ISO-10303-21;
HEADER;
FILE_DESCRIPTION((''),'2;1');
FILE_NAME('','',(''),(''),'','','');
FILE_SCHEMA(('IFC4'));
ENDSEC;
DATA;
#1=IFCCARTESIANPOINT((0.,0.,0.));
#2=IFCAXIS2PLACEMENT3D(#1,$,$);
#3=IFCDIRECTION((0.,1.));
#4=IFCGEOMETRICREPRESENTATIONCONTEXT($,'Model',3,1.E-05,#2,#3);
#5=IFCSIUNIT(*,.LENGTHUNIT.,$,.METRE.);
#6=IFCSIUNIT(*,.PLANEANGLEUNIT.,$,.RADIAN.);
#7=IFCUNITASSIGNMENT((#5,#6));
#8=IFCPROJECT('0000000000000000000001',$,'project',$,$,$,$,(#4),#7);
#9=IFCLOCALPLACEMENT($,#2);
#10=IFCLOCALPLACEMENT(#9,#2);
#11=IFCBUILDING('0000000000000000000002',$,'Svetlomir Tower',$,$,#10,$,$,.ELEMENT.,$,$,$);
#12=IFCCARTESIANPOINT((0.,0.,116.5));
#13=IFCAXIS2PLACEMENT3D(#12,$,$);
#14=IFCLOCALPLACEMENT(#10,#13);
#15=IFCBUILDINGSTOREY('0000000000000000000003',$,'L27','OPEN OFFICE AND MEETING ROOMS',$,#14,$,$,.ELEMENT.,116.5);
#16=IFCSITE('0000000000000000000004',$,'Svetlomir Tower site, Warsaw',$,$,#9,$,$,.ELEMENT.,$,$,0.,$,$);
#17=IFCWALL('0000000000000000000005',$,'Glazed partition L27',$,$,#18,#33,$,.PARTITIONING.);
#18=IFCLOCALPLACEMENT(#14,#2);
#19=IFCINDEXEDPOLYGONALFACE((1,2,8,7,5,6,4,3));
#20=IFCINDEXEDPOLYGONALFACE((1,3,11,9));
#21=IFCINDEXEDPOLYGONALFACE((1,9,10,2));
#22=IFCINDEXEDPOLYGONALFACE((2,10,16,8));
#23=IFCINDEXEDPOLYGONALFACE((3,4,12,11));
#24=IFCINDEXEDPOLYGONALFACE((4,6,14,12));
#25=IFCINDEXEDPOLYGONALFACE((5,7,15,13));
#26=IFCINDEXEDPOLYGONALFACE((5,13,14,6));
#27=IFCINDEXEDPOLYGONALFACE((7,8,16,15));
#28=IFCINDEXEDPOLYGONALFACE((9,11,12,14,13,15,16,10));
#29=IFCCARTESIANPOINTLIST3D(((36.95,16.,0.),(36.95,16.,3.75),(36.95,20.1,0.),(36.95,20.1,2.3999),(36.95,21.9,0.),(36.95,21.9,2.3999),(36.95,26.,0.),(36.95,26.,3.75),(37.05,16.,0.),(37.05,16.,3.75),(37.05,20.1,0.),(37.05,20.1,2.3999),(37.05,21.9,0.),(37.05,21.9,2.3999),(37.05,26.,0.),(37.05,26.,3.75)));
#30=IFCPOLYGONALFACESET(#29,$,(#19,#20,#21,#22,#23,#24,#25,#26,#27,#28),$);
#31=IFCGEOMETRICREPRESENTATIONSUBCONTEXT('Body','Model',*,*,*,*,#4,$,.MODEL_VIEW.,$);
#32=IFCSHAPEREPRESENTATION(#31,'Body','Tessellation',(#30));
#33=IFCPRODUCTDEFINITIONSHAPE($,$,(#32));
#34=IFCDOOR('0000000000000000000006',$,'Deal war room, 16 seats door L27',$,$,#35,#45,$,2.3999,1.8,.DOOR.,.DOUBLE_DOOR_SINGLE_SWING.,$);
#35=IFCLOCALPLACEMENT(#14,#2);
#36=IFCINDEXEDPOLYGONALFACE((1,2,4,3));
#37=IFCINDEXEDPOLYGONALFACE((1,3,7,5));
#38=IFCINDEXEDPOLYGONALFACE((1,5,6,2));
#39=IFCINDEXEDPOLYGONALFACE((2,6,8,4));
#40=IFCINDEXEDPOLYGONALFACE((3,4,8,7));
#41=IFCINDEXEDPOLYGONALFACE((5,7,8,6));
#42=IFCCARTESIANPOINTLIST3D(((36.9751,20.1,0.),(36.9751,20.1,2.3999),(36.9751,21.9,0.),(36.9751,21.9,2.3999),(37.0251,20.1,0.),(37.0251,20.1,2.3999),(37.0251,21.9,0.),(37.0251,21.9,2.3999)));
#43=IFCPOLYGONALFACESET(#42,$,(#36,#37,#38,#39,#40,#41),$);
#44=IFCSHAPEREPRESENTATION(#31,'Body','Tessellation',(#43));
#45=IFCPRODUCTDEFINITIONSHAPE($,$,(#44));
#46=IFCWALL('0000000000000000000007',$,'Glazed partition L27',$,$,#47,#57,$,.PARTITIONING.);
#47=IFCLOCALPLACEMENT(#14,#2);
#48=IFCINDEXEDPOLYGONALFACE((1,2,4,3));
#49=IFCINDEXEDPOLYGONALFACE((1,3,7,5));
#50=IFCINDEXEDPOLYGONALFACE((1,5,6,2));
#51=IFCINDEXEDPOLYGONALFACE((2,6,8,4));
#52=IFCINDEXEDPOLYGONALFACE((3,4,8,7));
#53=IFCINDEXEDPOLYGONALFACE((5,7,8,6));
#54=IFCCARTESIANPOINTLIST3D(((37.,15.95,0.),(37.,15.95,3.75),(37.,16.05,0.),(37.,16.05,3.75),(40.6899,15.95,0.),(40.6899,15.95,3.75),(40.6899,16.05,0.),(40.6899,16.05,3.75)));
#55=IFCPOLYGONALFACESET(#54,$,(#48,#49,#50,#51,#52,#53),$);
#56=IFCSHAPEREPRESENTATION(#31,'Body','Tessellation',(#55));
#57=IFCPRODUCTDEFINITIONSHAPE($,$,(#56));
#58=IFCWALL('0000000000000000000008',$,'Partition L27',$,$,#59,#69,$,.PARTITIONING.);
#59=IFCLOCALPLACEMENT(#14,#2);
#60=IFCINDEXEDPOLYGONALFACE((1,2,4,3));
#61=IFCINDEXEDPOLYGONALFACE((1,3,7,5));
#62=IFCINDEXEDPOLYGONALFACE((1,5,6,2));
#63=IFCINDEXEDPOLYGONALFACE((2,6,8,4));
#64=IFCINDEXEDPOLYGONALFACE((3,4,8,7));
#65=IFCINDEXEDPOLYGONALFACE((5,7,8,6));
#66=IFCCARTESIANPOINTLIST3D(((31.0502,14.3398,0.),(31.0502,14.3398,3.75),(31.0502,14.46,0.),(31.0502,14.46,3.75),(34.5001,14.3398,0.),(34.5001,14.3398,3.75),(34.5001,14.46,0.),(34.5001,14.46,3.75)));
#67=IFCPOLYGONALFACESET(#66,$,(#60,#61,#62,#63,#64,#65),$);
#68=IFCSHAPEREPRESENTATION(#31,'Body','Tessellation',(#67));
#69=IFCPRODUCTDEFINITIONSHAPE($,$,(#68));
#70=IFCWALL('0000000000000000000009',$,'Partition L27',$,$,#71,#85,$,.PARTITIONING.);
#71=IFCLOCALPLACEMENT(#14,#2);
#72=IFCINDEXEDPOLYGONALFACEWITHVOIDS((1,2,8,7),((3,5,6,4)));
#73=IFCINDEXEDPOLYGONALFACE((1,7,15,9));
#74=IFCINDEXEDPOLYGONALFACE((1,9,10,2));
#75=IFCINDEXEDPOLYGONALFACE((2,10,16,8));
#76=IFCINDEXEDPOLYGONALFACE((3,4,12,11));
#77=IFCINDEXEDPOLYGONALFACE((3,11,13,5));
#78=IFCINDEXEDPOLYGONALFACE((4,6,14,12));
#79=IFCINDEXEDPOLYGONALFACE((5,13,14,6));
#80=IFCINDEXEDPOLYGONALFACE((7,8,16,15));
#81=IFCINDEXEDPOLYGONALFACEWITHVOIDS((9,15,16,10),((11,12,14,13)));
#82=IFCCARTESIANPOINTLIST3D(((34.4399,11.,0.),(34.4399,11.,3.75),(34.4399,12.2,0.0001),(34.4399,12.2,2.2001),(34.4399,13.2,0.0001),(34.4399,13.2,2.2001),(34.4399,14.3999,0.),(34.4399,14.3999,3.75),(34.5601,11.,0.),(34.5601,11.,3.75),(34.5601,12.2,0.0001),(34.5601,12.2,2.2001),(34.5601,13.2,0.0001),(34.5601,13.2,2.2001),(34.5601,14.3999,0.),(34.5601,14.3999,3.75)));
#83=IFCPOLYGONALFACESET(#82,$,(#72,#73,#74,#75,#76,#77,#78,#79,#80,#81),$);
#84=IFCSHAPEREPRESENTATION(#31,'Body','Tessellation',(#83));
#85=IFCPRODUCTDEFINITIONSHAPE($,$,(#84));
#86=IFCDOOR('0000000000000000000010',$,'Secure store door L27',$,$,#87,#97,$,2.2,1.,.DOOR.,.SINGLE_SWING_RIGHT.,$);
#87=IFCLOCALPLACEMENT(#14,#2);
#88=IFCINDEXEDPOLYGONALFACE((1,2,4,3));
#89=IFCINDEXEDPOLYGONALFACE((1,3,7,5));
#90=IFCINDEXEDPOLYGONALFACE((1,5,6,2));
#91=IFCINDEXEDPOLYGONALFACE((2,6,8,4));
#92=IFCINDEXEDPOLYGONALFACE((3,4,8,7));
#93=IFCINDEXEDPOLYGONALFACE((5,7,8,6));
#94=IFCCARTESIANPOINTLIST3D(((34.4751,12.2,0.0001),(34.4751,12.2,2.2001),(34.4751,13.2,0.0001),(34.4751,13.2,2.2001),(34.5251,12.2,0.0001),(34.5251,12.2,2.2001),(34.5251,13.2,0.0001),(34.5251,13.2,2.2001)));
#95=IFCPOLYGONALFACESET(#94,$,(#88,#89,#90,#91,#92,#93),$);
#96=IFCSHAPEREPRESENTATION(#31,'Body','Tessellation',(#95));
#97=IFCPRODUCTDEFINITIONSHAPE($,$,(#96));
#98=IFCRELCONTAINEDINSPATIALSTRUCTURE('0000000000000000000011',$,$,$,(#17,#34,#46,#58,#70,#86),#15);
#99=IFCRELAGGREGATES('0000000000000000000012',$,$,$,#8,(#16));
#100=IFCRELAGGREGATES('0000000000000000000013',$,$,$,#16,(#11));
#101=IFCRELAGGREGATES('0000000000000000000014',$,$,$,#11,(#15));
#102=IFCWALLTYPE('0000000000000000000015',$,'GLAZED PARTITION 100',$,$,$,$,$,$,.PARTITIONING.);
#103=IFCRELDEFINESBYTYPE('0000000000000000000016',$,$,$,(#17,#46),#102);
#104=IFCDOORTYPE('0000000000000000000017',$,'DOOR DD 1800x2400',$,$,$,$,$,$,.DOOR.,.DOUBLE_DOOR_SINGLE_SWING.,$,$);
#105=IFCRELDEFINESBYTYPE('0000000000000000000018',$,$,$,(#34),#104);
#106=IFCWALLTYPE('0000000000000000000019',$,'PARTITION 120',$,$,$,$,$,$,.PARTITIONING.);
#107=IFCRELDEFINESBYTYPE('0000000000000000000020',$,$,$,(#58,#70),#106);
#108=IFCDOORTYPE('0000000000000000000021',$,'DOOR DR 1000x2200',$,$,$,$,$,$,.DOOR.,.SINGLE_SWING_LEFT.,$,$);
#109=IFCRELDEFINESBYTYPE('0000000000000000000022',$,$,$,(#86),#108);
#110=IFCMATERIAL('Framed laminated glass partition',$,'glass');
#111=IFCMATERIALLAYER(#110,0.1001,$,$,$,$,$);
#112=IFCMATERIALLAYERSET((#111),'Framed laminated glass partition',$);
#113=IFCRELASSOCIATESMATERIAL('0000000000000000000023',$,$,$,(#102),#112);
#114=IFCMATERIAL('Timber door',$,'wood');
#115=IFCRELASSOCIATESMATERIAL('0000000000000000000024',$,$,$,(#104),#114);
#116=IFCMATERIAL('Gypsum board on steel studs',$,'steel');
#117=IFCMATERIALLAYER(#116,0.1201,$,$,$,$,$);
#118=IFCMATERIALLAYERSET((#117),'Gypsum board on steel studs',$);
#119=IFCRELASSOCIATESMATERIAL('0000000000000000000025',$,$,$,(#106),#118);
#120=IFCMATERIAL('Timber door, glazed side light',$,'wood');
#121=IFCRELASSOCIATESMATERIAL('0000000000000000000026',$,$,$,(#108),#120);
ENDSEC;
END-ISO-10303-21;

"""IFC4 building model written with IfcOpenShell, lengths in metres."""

from ifc_helpers import new_model, si_unit, direction, frame, frame_2d, origin, place, context, subcontext, project, spatial, rectangle, extrude, material, layer, layer_set, type_object, element, fill, save


model = new_model("IFC4")

# Units and contexts
model_context = context("Model", 3, precision=1e-05, world=origin(), true_north=direction((0.0, 1.0)))
body_context = subcontext(model_context, "Body", "Model", "MODEL_VIEW")
ifc_project = project(units=[si_unit("LENGTHUNIT", "METRE"), si_unit("PLANEANGLEUNIT", "RADIAN")], contexts=[model_context])

# Site, building, storey
site_placement = place(None, origin())
site = spatial("IfcSite", under=ifc_project, at=site_placement, Name="Svetlomir Tower site, Warsaw", CompositionType="ELEMENT", RefElevation=0.0)
building_placement = place(site_placement, origin())
building = spatial("IfcBuilding", under=site, at=building_placement, Name="Svetlomir Tower", CompositionType="ELEMENT")
storey_placement = place(building_placement, frame((0.0, 0.0, 116.5)))
storey = spatial("IfcBuildingStorey", under=building, at=storey_placement, Name="L27", Description="OPEN OFFICE AND MEETING ROOMS", CompositionType="ELEMENT", Elevation=116.5)

# Shared definitions
ifc_material_1 = material(Name="Framed laminated glass partition", Category="glass")
ifc_layer_1 = layer(ifc_material_1, 0.1001)
ifc_layer_set_1 = layer_set([ifc_layer_1], Name="Framed laminated glass partition")
wall_type_1 = type_object("IfcWallType", Name="GLAZED PARTITION 100", PredefinedType="PARTITIONING", material=ifc_layer_set_1)

# Wall, opening, door
wall_1_placement = place(storey_placement, frame((37.0, 16.0, 0.0), z_axis=(0.0, 0.0, 1.0), x_axis=(0.0, 1.0, 0.0)))
wall_1 = element("IfcWall", 1, at=wall_1_placement, inside=storey, type_object=wall_type_1, Name="Glazed partition L27", PredefinedType="PARTITIONING", context=body_context, shape_type="SweptSolid", body=[
    extrude(rectangle(XDim=10.0, YDim=0.1001, at=frame_2d((5.0, 0.0))), origin(), (0.0, 0.0, 1.0), 3.75),
])
opening_1_placement = place(wall_1_placement, frame((4.1001, 0.0, 0.0)))
opening_1 = element("IfcOpeningElement", 2, at=opening_1_placement, cuts=wall_1, PredefinedType="OPENING", context=body_context, shape_type="SweptSolid", body=[
    extrude(rectangle(XDim=1.8, YDim=2.3999, at=frame_2d((0.8999, 1.2))), frame((0.0, 0.0601, 0.0), z_axis=(0.0, -1.0, 0.0), x_axis=(1.0, 0.0, 0.0)), (0.0, 0.0, 1.0), 0.1201),
])
ifc_material_2 = material(Name="Timber door", Category="wood")
door_type_1 = type_object("IfcDoorType", Name="DOOR DD 1800x2400", OperationType="DOUBLE_DOOR_SINGLE_SWING", PredefinedType="DOOR", material=ifc_material_2)
door_1_placement = place(opening_1_placement, origin())
door_1 = element("IfcDoor", 3, at=door_1_placement, inside=storey, type_object=door_type_1, Name="Deal war room, 16 seats door L27", OperationType="DOUBLE_DOOR_SINGLE_SWING", OverallHeight=2.3999, OverallWidth=1.8, PredefinedType="DOOR", context=body_context, shape_type="SweptSolid", body=[
    extrude(rectangle(XDim=1.8, YDim=2.3999, at=frame_2d((0.8999, 1.2))), frame((0.0, 0.0249, 0.0), z_axis=(0.0, -1.0, 0.0), x_axis=(1.0, 0.0, 0.0)), (0.0, 0.0, 1.0), 0.05),
])
fill(opening_1, door_1)

# Walls
wall_2_placement = place(storey_placement, frame((37.0, 16.0, 0.0), z_axis=(0.0, 0.0, 1.0), x_axis=(1.0, 0.0, 0.0)))
element("IfcWall", 4, at=wall_2_placement, inside=storey, type_object=wall_type_1, Name="Glazed partition L27", PredefinedType="PARTITIONING", context=body_context, shape_type="SweptSolid", body=[
    extrude(rectangle(XDim=3.6899, YDim=0.1001, at=frame_2d((1.845, 0.0))), origin(), (0.0, 0.0, 1.0), 3.75),
])
ifc_material_3 = material(Name="Gypsum board on steel studs", Category="steel")
ifc_layer_2 = layer(ifc_material_3, 0.1201)
ifc_layer_set_2 = layer_set([ifc_layer_2], Name="Gypsum board on steel studs")
wall_type_2 = type_object("IfcWallType", Name="PARTITION 120", PredefinedType="PARTITIONING", material=ifc_layer_set_2)
wall_3_placement = place(storey_placement, frame((31.05, 14.3999, 0.0), z_axis=(0.0, 0.0, 1.0), x_axis=(1.0, 0.0, 0.0)))
element("IfcWall", 5, at=wall_3_placement, inside=storey, type_object=wall_type_2, Name="Partition L27", PredefinedType="PARTITIONING", context=body_context, shape_type="SweptSolid", body=[
    extrude(rectangle(XDim=3.45, YDim=0.1201, at=frame_2d((1.7251, 0.0))), origin(), (0.0, 0.0, 1.0), 3.75),
])

# Wall, opening, door
wall_4_placement = place(storey_placement, frame((34.5, 11.0, 0.0), z_axis=(0.0, 0.0, 1.0), x_axis=(0.0, 1.0, 0.0)))
wall_4 = element("IfcWall", 6, at=wall_4_placement, inside=storey, type_object=wall_type_2, Name="Partition L27", PredefinedType="PARTITIONING", context=body_context, shape_type="SweptSolid", body=[
    extrude(rectangle(XDim=3.3999, YDim=0.1201, at=frame_2d((1.7, 0.0))), origin(), (0.0, 0.0, 1.0), 3.75),
])
opening_2_placement = place(wall_4_placement, frame((1.2, 0.0, 0.0)))
opening_2 = element("IfcOpeningElement", 7, at=opening_2_placement, cuts=wall_4, PredefinedType="OPENING", context=body_context, shape_type="SweptSolid", body=[
    extrude(rectangle(XDim=1.0, YDim=2.2, at=frame_2d((0.5, 1.1001))), frame((0.0, 0.0701, 0.0), z_axis=(0.0, -1.0, 0.0), x_axis=(1.0, 0.0, 0.0)), (0.0, 0.0, 1.0), 0.1401),
])
ifc_material_4 = material(Name="Timber door, glazed side light", Category="wood")
door_type_2 = type_object("IfcDoorType", Name="DOOR DR 1000x2200", OperationType="SINGLE_SWING_LEFT", PredefinedType="DOOR", material=ifc_material_4)
door_2_placement = place(opening_2_placement, origin())
door_2 = element("IfcDoor", 8, at=door_2_placement, inside=storey, type_object=door_type_2, Name="Secure store door L27", OperationType="SINGLE_SWING_RIGHT", OverallHeight=2.2, OverallWidth=1.0, PredefinedType="DOOR", context=body_context, shape_type="SweptSolid", body=[
    extrude(rectangle(XDim=1.0, YDim=2.2, at=frame_2d((0.5, 1.1001))), frame((0.0, 0.0249, 0.0), z_axis=(0.0, -1.0, 0.0), x_axis=(1.0, 0.0, 0.0)), (0.0, 0.0, 1.0), 0.05),
])
fill(opening_2, door_2)

save(model, "model.ifc")
